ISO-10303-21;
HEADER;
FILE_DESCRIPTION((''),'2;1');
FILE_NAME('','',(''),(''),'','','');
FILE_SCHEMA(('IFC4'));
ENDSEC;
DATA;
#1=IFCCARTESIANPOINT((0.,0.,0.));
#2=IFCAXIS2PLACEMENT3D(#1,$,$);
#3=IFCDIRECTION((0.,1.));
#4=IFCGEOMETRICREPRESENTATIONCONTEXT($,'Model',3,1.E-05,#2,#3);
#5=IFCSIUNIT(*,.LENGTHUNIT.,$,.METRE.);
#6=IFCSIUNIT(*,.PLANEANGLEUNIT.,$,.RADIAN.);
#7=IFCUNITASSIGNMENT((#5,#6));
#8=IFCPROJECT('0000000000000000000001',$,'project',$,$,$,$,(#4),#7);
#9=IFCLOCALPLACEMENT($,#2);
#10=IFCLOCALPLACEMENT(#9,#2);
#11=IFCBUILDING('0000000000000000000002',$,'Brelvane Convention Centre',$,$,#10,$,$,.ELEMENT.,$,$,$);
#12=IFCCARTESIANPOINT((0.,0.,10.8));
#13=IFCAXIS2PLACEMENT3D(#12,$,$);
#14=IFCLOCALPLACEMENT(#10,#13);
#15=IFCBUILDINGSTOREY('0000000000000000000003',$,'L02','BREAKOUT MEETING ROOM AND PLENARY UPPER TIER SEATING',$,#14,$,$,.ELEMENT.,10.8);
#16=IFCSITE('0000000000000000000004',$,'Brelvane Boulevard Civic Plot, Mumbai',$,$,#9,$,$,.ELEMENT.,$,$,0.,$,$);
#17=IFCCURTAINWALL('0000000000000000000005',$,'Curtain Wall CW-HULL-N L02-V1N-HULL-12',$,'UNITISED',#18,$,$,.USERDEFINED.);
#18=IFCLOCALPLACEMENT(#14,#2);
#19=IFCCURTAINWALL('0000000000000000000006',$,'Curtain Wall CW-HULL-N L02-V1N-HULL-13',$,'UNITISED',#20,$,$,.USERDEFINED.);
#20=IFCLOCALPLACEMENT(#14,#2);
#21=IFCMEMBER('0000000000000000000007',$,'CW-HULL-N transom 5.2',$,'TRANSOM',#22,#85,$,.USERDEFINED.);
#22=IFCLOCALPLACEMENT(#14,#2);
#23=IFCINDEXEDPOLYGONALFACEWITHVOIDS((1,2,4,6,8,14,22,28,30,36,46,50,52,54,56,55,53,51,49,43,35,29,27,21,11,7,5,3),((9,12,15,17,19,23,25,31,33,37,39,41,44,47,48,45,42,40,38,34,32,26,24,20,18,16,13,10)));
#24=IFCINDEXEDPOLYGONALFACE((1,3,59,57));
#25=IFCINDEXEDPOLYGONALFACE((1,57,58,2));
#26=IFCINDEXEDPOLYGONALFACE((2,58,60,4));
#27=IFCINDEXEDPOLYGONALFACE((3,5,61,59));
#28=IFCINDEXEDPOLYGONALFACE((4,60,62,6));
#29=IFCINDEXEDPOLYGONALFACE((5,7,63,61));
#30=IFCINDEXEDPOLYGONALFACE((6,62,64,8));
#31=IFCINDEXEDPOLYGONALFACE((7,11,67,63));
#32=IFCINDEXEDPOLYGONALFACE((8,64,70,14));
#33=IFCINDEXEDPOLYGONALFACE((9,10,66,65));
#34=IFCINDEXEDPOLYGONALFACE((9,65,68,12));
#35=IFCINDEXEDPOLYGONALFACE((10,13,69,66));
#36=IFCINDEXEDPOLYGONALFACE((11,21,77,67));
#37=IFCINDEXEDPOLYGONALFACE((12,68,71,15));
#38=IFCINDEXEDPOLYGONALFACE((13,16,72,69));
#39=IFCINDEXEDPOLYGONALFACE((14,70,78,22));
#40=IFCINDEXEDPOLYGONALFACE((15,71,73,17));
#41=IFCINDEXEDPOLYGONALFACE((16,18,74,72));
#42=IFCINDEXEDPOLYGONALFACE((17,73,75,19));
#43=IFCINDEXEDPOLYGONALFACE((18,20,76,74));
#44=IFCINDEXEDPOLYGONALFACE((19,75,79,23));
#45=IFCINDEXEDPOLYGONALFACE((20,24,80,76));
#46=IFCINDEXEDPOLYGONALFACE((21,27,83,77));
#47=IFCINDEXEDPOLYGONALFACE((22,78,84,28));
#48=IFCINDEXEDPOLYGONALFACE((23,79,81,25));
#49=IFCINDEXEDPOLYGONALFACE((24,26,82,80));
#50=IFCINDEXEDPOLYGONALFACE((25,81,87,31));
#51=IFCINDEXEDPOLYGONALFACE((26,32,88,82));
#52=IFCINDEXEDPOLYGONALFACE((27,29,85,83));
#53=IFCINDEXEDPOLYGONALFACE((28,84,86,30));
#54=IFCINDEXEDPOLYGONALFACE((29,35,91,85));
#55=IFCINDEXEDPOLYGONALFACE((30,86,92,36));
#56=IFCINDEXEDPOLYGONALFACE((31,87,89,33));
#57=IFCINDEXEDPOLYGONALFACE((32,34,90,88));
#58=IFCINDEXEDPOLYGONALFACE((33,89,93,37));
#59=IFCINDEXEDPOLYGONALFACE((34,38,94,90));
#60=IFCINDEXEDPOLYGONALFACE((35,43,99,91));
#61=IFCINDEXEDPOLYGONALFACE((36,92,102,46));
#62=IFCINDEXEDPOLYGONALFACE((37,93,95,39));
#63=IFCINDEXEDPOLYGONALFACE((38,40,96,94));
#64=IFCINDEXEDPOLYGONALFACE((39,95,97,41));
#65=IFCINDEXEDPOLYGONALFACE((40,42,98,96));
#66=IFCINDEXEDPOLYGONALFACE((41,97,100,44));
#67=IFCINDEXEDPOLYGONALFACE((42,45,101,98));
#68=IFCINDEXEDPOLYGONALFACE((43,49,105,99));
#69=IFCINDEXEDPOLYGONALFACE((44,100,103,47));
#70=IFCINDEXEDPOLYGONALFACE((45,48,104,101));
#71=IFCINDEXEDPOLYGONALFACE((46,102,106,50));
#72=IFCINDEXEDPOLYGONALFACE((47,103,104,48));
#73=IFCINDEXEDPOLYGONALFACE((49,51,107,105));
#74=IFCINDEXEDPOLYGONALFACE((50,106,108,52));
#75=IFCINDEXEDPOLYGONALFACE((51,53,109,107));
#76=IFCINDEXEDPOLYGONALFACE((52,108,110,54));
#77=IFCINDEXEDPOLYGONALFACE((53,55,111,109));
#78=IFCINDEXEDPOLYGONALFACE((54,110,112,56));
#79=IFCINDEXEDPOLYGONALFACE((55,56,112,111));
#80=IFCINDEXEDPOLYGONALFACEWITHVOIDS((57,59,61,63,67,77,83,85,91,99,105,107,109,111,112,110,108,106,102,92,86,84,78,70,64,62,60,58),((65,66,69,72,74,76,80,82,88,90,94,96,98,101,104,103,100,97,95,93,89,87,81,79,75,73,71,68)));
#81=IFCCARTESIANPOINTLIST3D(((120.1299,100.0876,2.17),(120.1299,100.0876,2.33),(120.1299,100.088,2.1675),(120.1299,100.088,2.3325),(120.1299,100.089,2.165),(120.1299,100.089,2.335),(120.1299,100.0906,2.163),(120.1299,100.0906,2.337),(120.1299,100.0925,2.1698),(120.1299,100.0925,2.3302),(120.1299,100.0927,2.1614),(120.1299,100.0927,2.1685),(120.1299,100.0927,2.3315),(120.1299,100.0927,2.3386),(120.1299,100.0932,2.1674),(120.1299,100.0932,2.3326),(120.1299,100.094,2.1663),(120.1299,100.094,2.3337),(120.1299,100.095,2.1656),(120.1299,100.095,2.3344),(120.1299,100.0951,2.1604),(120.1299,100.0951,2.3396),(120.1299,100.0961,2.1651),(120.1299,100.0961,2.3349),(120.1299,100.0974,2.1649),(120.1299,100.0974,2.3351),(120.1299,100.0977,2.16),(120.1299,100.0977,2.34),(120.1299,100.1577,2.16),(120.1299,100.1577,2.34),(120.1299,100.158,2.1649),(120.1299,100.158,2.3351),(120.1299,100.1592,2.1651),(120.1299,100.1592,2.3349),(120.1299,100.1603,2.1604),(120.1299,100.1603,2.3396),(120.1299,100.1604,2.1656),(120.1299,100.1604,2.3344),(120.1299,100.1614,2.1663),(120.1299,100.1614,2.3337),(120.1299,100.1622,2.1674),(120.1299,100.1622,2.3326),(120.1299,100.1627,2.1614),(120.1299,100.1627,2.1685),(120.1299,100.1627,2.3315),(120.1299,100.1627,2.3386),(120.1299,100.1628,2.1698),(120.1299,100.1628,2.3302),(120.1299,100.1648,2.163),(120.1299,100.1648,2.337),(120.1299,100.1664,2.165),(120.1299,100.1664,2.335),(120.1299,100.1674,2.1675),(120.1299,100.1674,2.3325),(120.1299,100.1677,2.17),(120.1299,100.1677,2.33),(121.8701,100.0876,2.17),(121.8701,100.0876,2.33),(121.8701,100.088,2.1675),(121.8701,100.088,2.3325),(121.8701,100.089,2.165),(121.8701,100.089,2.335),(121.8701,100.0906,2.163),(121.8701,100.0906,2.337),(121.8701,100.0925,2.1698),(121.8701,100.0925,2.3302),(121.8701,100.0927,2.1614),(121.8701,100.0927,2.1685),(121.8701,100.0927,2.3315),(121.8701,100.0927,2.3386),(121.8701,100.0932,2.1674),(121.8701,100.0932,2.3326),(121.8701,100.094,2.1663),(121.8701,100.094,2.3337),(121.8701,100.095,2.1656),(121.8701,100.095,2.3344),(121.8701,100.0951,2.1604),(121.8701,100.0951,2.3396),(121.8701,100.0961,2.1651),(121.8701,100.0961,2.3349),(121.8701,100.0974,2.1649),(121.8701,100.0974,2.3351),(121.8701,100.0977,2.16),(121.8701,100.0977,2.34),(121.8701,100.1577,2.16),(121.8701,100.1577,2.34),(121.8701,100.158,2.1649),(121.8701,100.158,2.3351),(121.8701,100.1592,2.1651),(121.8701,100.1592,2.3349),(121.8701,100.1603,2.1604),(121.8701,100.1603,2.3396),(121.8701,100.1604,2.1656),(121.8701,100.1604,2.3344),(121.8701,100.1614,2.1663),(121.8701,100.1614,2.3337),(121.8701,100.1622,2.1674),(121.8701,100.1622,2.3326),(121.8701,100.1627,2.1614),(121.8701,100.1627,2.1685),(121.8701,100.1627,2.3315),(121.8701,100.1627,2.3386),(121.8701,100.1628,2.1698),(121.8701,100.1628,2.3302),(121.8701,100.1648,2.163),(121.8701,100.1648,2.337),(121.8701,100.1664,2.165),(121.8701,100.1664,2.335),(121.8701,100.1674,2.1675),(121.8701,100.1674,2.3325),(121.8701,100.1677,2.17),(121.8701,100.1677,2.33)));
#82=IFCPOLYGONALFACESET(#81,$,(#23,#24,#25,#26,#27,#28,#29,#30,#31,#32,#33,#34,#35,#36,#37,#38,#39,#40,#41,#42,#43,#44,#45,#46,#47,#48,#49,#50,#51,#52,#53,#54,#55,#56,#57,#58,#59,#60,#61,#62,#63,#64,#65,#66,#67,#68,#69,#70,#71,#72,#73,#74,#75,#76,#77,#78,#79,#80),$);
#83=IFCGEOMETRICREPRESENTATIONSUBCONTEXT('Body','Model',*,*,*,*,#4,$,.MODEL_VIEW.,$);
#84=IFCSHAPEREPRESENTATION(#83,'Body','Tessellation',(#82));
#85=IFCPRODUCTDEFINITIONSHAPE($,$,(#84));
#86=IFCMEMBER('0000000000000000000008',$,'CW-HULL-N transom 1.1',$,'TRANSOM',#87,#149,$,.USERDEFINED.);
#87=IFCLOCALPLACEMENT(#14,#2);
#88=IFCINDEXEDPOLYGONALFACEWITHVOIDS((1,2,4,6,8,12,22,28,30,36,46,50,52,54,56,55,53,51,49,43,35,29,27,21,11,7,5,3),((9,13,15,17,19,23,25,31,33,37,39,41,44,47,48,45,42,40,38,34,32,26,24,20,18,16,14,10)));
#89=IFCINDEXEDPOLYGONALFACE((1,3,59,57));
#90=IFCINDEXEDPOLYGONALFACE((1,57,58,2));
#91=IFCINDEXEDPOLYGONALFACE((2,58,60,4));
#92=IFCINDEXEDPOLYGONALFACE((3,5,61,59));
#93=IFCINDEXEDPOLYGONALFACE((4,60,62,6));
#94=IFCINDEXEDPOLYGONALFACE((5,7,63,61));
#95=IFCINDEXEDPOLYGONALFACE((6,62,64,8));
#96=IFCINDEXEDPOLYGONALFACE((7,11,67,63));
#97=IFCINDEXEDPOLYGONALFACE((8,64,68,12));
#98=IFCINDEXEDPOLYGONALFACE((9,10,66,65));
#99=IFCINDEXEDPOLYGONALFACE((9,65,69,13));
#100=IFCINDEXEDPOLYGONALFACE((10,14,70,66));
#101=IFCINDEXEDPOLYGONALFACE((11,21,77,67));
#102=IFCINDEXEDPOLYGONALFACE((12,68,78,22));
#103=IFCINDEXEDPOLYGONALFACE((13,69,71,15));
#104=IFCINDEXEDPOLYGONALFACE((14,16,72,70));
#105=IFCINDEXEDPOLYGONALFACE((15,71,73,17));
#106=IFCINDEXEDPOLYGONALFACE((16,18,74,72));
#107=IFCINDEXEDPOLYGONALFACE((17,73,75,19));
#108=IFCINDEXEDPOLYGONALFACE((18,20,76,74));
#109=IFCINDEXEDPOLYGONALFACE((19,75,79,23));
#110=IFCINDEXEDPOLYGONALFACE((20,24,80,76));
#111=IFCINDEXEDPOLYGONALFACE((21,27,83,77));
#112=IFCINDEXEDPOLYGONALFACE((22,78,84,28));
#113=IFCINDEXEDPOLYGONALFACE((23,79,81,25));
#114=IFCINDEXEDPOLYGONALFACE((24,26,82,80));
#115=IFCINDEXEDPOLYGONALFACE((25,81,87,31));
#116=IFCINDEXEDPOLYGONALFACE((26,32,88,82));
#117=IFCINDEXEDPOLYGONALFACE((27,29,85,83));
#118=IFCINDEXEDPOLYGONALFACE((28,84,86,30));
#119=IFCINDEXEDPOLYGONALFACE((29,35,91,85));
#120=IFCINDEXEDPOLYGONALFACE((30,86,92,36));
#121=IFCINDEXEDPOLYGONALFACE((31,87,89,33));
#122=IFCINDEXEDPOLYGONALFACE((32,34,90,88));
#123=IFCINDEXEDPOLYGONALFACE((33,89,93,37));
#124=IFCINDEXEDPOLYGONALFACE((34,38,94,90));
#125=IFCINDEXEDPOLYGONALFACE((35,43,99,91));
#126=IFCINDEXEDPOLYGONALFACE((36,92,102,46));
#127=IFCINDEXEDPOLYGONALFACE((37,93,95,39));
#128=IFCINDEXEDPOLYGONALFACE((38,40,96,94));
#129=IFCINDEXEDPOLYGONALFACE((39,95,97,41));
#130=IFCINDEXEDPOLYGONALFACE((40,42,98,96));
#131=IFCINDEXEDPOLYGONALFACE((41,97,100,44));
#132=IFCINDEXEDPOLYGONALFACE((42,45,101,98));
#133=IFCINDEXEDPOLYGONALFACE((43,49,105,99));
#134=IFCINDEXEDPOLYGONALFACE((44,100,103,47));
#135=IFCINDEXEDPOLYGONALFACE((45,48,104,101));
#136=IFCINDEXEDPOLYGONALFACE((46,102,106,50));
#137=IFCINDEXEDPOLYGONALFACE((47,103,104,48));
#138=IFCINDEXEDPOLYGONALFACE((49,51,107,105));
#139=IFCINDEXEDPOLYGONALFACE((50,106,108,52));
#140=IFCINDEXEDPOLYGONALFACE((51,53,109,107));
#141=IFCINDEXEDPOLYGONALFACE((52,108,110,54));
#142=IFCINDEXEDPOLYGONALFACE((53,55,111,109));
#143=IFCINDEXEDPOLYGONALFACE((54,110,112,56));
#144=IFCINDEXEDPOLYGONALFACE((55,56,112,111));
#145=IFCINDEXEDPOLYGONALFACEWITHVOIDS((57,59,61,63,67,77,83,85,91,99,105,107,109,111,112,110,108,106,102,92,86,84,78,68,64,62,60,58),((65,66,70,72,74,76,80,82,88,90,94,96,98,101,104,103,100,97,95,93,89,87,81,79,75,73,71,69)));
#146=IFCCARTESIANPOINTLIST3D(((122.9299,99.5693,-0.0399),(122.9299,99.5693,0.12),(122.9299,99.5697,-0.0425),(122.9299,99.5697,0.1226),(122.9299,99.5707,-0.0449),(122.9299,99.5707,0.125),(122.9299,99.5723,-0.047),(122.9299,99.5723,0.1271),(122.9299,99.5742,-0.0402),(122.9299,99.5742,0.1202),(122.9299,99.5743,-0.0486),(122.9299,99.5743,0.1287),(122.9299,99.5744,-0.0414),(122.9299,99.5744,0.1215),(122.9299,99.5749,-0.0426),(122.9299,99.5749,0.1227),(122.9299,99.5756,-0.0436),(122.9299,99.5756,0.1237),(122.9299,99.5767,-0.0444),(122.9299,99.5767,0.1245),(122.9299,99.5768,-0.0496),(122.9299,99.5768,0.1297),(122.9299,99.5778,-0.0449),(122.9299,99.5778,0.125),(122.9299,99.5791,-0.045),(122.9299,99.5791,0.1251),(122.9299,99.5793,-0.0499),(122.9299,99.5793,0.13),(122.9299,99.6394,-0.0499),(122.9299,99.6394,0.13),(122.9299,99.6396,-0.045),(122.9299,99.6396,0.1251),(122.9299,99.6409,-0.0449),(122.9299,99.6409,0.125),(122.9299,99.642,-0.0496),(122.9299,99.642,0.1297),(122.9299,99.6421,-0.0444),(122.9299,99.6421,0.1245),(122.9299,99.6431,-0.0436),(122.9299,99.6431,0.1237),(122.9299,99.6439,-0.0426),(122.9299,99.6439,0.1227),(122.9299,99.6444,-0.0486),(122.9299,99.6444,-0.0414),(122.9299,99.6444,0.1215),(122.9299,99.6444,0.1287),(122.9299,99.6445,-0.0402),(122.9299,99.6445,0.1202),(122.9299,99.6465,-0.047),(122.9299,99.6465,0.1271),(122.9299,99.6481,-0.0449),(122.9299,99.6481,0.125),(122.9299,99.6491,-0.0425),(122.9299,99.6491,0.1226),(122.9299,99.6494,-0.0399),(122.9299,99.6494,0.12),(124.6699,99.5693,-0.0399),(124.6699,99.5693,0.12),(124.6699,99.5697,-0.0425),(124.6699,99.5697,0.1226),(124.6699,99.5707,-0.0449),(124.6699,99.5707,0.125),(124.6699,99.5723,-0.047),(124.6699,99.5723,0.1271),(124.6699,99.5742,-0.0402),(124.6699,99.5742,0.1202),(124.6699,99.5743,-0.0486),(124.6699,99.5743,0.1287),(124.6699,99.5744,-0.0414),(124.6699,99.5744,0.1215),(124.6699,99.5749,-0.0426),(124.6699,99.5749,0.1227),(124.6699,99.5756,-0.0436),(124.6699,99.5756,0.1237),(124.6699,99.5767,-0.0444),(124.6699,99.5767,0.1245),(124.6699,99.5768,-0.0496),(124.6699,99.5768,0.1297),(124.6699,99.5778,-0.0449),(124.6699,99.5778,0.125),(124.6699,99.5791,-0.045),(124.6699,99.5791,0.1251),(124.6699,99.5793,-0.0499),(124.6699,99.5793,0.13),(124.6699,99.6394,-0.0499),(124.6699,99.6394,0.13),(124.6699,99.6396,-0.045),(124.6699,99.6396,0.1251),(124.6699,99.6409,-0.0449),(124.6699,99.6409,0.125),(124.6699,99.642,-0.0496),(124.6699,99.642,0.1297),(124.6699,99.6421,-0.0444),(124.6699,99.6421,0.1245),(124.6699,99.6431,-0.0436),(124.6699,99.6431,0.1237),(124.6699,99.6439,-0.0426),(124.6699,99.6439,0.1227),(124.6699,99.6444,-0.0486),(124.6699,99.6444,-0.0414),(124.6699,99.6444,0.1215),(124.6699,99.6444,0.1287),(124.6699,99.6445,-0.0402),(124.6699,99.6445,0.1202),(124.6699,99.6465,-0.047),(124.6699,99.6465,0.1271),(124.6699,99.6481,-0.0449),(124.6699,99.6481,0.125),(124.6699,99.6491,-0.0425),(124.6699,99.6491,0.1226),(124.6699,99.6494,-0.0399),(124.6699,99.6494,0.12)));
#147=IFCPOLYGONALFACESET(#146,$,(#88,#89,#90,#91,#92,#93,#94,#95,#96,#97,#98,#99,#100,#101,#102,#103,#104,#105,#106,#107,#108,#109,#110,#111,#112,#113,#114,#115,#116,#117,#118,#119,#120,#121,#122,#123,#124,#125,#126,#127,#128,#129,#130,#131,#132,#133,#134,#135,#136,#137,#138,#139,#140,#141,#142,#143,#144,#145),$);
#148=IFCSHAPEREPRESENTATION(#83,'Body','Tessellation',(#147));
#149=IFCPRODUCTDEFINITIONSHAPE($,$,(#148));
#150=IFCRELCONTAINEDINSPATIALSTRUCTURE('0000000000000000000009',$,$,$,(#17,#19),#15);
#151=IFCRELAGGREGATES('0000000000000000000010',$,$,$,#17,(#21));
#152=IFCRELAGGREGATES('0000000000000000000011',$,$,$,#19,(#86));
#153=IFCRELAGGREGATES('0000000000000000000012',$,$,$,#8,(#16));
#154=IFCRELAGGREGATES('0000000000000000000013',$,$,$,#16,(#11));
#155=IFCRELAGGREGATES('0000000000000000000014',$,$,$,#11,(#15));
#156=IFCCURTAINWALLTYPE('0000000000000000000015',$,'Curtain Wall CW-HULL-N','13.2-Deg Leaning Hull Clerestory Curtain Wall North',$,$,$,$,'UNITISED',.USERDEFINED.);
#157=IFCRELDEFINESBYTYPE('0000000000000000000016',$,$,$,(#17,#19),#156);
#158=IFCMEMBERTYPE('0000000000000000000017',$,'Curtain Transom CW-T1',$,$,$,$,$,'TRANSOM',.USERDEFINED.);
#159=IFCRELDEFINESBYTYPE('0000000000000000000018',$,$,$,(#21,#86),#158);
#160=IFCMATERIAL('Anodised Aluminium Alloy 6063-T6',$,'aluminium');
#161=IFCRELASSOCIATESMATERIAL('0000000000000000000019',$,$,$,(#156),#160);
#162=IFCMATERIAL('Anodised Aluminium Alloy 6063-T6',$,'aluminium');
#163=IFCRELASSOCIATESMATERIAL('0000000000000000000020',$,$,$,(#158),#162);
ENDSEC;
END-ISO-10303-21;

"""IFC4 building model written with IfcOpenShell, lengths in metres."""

from ifc_helpers import new_model, si_unit, direction, frame, origin, origin_2d, place, context, subcontext, project, spatial, hollow_rectangle, extrude, material, material_profile, profile_set, type_object, element, aggregate, save


model = new_model("IFC4")

# Units and contexts
model_context = context("Model", 3, precision=1e-05, world=origin(), true_north=direction((0.0, 1.0)))
body_context = subcontext(model_context, "Body", "Model", "MODEL_VIEW")
ifc_project = project(units=[si_unit("LENGTHUNIT", "METRE"), si_unit("PLANEANGLEUNIT", "RADIAN")], contexts=[model_context])

# Site, building, storey
site_placement = place(None, origin())
site = spatial("IfcSite", under=ifc_project, at=site_placement, Name="Brelvane Boulevard Civic Plot, Mumbai", CompositionType="ELEMENT", RefElevation=0.0)
building_placement = place(site_placement, origin())
building = spatial("IfcBuilding", under=site, at=building_placement, Name="Brelvane Convention Centre", CompositionType="ELEMENT")
storey_placement = place(building_placement, frame((0.0, 0.0, 10.8)))
storey = spatial("IfcBuildingStorey", under=building, at=storey_placement, Name="L02", Description="BREAKOUT MEETING ROOM AND PLENARY UPPER TIER SEATING", CompositionType="ELEMENT", Elevation=10.8)

# Curtain walls
ifc_material_1 = material(Name="Anodised Aluminium Alloy 6063-T6", Category="aluminium")
curtain_wall_type = type_object("IfcCurtainWallType", Name="Curtain Wall CW-HULL-N", Description="13.2-Deg Leaning Hull Clerestory Curtain Wall North", ElementType="UNITISED", PredefinedType="USERDEFINED", material=ifc_material_1)
curtain_wall_1_placement = place(storey_placement, origin())
curtain_wall_1 = element("IfcCurtainWall", 1, at=curtain_wall_1_placement, inside=storey, type_object=curtain_wall_type, Name="Curtain Wall CW-HULL-N L02-V1N-HULL-12", ObjectType="UNITISED", PredefinedType="USERDEFINED")
curtain_wall_2_placement = place(storey_placement, origin())
curtain_wall_2 = element("IfcCurtainWall", 2, at=curtain_wall_2_placement, inside=storey, type_object=curtain_wall_type, Name="Curtain Wall CW-HULL-N L02-V1N-HULL-13", ObjectType="UNITISED", PredefinedType="USERDEFINED")

# Members
ifc_material_2 = material(Name="Anodised Aluminium Alloy 6063-T6", Category="aluminium")
ifc_material_profile_1 = material_profile(ifc_material_2, hollow_rectangle(XDim=0.0801, YDim=0.1799, WallThickness=0.0049, InnerFilletRadius=0.0049, OuterFilletRadius=0.01, at=origin_2d()), Name="ALU-T 180x80x5.0")
ifc_profile_set_1 = profile_set([ifc_material_profile_1], Name="Anodised Aluminium Alloy 6063-T6")
member_type_1 = type_object("IfcMemberType", Name="Curtain Transom CW-T1", ElementType="TRANSOM", PredefinedType="USERDEFINED", material=ifc_profile_set_1)
member_1_placement = place(storey_placement, frame((120.1299, 100.1277, 2.25), z_axis=(1.0, 0.0, 0.0), x_axis=(0.0, 1.0, 0.0)))
member_1 = element("IfcMember", 3, at=member_1_placement, type_object=member_type_1, Name="CW-HULL-N transom 5.2", ObjectType="TRANSOM", PredefinedType="USERDEFINED", context=body_context, shape_type="SweptSolid", body=[
    extrude(hollow_rectangle(XDim=0.0801, YDim=0.1799, WallThickness=0.0049, InnerFilletRadius=0.0049, OuterFilletRadius=0.01, at=origin_2d()), origin(), (0.0, 0.0, 1.0), 1.7402),
])
member_2_placement = place(storey_placement, frame((122.9299, 99.6094, 0.04), z_axis=(1.0, 0.0, 0.0), x_axis=(0.0, 1.0, 0.0)))
member_2 = element("IfcMember", 4, at=member_2_placement, type_object=member_type_1, Name="CW-HULL-N transom 1.1", ObjectType="TRANSOM", PredefinedType="USERDEFINED", context=body_context, shape_type="SweptSolid", body=[
    extrude(hollow_rectangle(XDim=0.0801, YDim=0.1799, WallThickness=0.0049, InnerFilletRadius=0.0049, OuterFilletRadius=0.01, at=origin_2d()), origin(), (0.0, 0.0, 1.0), 1.74),
])

aggregate(curtain_wall_1, [member_1])
aggregate(curtain_wall_2, [member_2])

save(model, "model.ifc")
